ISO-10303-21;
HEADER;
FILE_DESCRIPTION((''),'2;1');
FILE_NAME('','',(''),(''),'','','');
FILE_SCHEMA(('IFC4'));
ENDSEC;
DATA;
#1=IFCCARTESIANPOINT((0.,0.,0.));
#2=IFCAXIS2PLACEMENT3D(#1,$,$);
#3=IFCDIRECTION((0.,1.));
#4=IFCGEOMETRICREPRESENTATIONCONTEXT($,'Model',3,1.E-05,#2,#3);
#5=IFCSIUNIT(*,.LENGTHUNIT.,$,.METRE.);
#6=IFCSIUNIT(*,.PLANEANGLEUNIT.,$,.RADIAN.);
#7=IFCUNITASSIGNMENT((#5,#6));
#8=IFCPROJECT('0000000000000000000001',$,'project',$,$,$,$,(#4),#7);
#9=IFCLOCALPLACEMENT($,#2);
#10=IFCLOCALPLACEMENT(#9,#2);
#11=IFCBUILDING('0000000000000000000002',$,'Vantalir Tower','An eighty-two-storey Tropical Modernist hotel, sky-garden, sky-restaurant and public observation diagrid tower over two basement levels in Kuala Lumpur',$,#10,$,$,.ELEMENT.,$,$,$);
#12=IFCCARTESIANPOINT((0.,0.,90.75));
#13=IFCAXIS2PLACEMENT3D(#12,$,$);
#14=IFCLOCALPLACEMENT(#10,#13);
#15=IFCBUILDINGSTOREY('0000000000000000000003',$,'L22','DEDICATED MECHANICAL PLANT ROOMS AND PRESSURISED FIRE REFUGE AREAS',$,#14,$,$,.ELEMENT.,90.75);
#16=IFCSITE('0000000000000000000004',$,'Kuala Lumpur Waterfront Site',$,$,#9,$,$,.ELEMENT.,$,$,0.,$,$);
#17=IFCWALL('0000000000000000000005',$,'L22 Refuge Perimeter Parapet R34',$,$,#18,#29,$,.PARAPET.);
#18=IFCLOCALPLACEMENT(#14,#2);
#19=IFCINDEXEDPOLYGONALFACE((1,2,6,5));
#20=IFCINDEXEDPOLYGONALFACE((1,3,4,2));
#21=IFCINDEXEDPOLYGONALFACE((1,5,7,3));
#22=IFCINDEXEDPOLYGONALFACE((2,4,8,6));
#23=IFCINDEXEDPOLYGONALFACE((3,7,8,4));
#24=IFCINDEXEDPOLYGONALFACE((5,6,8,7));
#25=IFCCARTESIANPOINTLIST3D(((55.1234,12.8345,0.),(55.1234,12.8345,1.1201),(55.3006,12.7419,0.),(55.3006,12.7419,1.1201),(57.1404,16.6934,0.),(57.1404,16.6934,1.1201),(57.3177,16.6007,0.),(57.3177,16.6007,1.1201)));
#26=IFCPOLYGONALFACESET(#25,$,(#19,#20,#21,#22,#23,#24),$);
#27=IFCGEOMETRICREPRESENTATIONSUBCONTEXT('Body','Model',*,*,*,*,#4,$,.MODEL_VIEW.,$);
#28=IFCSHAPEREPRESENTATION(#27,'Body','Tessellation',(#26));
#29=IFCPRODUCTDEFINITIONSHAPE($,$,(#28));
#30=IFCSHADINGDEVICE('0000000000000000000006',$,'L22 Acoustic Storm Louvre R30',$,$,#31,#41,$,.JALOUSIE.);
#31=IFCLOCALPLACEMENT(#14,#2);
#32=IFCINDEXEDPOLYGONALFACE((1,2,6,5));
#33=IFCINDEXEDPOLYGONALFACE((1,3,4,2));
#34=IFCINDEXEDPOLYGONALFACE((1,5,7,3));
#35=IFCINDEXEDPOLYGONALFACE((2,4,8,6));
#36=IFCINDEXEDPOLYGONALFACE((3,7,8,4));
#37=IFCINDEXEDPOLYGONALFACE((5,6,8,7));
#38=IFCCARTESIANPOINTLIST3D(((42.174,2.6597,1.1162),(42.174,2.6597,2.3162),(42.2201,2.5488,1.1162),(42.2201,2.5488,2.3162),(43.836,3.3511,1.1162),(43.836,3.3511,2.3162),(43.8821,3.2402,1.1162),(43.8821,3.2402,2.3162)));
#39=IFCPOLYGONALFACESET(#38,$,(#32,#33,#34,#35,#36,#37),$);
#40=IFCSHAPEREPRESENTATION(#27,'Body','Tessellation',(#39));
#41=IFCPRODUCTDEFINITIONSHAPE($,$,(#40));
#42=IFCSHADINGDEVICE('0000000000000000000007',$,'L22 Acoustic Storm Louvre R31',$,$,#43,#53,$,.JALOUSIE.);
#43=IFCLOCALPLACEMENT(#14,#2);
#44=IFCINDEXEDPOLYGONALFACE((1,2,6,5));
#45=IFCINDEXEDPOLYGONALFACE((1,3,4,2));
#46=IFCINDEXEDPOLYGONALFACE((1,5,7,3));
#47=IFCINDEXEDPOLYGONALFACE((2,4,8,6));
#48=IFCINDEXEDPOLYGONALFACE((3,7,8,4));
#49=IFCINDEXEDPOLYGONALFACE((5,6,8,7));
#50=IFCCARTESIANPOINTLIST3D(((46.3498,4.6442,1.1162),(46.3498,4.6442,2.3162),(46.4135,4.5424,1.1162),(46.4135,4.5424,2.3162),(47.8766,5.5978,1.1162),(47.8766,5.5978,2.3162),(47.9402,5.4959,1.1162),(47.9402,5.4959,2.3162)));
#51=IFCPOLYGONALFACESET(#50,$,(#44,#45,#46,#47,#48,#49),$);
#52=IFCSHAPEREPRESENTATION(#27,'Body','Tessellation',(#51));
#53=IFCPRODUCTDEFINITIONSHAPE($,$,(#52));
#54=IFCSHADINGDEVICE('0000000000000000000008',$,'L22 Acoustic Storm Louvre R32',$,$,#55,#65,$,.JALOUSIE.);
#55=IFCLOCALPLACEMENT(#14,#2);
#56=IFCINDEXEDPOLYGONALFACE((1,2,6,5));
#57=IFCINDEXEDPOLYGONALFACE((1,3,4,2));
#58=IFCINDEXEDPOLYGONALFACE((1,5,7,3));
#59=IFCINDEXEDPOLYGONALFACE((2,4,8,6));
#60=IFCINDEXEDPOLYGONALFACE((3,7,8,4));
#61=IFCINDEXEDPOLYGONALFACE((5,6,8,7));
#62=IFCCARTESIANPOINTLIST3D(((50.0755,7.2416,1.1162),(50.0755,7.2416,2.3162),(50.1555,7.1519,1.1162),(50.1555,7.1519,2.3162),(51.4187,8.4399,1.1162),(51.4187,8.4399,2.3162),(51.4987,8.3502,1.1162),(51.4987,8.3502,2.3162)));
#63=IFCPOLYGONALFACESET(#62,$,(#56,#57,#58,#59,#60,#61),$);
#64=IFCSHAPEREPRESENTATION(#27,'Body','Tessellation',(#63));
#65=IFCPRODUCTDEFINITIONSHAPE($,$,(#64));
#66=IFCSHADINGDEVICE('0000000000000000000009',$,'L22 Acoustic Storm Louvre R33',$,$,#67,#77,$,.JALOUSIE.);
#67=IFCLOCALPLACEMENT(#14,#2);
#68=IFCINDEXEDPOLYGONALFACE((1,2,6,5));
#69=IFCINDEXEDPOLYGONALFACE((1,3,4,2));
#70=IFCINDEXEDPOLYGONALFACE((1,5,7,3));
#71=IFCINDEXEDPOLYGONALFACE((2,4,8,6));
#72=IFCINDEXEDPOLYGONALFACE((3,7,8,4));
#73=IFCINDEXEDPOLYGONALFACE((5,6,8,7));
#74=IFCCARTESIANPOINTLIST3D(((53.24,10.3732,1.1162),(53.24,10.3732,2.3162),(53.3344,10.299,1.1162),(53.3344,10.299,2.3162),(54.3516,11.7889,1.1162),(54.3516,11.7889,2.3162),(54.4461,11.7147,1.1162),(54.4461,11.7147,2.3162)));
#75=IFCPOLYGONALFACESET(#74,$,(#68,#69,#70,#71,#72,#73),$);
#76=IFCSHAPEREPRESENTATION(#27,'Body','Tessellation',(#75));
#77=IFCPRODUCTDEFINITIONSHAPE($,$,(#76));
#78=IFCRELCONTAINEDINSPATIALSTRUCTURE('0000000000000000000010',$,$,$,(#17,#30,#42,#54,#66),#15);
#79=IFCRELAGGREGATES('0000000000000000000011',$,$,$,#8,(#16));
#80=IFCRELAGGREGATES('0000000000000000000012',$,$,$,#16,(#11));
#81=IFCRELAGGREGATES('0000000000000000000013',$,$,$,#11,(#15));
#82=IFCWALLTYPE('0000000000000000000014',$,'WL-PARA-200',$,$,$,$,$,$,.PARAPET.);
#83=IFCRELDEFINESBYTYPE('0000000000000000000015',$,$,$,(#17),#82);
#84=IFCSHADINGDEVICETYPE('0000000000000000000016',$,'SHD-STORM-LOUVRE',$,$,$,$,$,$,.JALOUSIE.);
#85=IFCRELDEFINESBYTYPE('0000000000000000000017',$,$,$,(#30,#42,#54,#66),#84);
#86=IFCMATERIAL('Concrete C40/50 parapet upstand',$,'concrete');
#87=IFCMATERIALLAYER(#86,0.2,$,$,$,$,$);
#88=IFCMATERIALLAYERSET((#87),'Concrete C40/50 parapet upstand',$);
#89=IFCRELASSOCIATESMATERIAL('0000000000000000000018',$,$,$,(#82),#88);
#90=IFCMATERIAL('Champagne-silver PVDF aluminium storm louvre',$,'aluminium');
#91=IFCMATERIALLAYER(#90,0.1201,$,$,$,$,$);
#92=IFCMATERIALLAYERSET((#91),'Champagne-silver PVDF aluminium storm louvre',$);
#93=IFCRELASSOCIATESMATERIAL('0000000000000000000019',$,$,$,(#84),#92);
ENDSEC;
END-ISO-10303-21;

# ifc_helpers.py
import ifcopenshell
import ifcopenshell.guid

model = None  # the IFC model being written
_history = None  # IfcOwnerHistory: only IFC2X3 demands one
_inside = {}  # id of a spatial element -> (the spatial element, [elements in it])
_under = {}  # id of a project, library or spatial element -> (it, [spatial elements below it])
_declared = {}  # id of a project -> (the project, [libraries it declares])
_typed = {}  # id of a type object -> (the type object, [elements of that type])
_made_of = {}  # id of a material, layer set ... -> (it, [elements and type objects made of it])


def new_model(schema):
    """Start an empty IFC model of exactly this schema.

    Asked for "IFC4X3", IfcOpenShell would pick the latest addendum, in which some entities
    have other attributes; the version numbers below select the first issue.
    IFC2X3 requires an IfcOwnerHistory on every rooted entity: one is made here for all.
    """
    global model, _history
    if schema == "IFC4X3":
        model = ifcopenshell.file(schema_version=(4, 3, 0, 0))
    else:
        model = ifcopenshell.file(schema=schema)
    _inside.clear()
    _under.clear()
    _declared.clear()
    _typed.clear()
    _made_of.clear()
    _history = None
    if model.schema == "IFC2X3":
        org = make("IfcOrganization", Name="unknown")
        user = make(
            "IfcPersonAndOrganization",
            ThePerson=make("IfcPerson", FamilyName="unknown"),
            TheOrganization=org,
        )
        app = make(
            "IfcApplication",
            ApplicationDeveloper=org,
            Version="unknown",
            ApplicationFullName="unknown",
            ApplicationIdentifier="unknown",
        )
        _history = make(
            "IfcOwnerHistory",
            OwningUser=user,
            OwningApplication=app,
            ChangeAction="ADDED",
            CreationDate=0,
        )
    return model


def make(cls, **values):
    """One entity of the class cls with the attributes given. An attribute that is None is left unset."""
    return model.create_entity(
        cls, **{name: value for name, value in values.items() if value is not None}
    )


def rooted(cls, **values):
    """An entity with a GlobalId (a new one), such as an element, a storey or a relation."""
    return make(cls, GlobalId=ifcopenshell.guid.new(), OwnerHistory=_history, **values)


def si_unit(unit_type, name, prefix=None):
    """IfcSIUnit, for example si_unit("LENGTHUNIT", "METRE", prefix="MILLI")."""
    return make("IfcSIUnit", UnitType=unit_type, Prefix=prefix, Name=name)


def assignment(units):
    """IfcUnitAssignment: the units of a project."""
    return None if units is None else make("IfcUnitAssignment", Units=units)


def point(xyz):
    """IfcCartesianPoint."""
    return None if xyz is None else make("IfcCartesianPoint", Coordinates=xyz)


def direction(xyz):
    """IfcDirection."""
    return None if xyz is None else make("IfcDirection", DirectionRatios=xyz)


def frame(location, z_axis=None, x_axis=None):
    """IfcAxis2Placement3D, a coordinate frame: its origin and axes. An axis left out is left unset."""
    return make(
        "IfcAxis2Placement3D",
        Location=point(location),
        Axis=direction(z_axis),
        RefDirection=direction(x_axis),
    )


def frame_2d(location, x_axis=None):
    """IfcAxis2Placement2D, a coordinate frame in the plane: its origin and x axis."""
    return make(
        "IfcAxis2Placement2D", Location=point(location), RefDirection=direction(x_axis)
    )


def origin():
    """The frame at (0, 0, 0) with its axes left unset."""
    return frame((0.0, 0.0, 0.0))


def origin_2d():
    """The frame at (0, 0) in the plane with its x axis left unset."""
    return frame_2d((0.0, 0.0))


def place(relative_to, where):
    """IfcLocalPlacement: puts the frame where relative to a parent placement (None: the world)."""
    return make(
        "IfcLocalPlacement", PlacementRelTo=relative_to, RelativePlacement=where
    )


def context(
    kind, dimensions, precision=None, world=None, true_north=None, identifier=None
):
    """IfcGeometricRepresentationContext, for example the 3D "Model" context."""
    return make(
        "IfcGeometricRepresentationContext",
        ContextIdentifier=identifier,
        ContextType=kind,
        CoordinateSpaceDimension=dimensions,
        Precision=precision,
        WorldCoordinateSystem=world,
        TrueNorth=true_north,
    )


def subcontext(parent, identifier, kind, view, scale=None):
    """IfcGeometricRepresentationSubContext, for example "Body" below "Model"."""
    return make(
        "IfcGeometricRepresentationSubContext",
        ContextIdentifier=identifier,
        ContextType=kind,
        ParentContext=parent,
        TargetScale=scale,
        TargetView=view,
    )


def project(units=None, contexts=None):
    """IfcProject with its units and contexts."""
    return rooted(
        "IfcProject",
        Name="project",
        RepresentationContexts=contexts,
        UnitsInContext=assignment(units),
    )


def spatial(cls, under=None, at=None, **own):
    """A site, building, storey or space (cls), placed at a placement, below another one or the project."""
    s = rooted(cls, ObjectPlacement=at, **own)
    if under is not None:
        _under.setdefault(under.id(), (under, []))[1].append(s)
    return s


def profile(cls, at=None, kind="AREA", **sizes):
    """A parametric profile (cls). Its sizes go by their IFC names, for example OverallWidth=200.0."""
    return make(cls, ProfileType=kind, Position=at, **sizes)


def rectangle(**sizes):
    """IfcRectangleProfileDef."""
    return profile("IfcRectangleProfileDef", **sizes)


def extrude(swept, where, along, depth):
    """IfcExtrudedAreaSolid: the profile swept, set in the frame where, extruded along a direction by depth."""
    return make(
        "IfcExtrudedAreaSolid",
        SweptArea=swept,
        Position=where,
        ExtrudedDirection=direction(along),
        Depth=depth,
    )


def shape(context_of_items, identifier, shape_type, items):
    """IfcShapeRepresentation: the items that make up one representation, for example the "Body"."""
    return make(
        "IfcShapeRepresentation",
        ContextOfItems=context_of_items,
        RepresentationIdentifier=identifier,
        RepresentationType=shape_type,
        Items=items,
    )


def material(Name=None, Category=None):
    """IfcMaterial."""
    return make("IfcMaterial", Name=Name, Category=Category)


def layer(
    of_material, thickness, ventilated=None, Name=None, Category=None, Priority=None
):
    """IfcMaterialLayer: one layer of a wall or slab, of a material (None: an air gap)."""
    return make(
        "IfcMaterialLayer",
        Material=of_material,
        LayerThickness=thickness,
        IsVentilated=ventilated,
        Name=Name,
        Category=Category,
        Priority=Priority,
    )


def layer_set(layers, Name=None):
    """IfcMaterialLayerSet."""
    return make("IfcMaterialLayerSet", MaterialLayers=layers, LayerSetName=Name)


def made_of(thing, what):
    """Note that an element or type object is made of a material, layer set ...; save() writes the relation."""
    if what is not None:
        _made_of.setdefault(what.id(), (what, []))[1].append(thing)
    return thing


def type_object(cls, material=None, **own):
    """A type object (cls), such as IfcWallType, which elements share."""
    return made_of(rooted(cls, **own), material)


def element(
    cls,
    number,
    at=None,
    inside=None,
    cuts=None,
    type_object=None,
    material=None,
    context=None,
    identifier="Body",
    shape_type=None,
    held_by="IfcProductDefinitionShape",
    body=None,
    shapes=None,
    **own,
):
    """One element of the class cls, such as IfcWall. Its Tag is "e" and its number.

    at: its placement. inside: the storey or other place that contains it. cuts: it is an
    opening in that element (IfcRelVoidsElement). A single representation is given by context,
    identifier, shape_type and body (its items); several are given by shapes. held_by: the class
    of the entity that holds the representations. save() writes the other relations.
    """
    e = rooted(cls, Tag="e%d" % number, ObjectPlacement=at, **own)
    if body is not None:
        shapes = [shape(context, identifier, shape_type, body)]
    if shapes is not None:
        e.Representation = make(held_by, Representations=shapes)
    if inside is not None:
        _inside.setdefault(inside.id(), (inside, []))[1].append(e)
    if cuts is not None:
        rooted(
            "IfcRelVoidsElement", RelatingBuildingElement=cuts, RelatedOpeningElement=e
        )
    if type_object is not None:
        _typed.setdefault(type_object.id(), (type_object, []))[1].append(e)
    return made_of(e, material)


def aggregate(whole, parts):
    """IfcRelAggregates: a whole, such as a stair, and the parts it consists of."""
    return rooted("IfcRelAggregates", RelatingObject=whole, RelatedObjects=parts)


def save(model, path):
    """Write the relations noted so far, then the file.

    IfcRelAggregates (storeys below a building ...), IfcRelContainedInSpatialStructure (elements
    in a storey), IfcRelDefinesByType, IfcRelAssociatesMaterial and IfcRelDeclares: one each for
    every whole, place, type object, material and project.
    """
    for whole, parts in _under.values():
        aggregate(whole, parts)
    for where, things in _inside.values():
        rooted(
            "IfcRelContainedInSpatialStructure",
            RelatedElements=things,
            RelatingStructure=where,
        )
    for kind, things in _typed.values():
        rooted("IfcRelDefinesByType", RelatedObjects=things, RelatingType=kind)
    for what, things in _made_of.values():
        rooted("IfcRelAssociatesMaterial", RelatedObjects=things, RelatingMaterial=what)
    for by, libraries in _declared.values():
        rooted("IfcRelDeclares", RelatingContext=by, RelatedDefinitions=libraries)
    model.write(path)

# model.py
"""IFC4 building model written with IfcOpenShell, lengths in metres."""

from ifc_helpers import new_model, si_unit, direction, frame, frame_2d, origin, origin_2d, place, context, subcontext, project, spatial, rectangle, extrude, material, layer, layer_set, type_object, element, save


model = new_model("IFC4")

# Units and contexts
model_context = context("Model", 3, precision=1e-05, world=origin(), true_north=direction((0.0, 1.0)))
body_context = subcontext(model_context, "Body", "Model", "MODEL_VIEW")
ifc_project = project(units=[si_unit("LENGTHUNIT", "METRE"), si_unit("PLANEANGLEUNIT", "RADIAN")], contexts=[model_context])

# Site, building, storey
site_placement = place(None, origin())
site = spatial("IfcSite", under=ifc_project, at=site_placement, Name="Kuala Lumpur Waterfront Site", CompositionType="ELEMENT", RefElevation=0.0)
building_placement = place(site_placement, origin())
building = spatial("IfcBuilding", under=site, at=building_placement, Name="Vantalir Tower", Description="An eighty-two-storey Tropical Modernist hotel, sky-garden, sky-restaurant and public observation diagrid tower over two basement levels in Kuala Lumpur", CompositionType="ELEMENT")
storey_placement = place(building_placement, frame((0.0, 0.0, 90.75)))
storey = spatial("IfcBuildingStorey", under=building, at=storey_placement, Name="L22", Description="DEDICATED MECHANICAL PLANT ROOMS AND PRESSURISED FIRE REFUGE AREAS", CompositionType="ELEMENT", Elevation=90.75)

# Wall
ifc_material_1 = material(Name="Concrete C40/50 parapet upstand", Category="concrete")
ifc_layer_1 = layer(ifc_material_1, 0.2)
ifc_layer_set_1 = layer_set([ifc_layer_1], Name="Concrete C40/50 parapet upstand")
wall_type_1 = type_object("IfcWallType", Name="WL-PARA-200", PredefinedType="PARAPET", material=ifc_layer_set_1)
wall_1_placement = place(storey_placement, frame((55.2119, 12.7881, 0.0), z_axis=(0.0, 0.0, 1.0), x_axis=(0.463244, 0.886231, 0.0)))
element("IfcWall", 1, at=wall_1_placement, inside=storey, type_object=wall_type_1, Name="L22 Refuge Perimeter Parapet R34", PredefinedType="PARAPET", context=body_context, shape_type="SweptSolid", body=[
    extrude(rectangle(XDim=4.3542, YDim=0.2, at=frame_2d((2.1772, 0.0))), origin(), (0.0, 0.0, 1.0), 1.1201),
])

# Shading devices
ifc_material_2 = material(Name="Champagne-silver PVDF aluminium storm louvre", Category="aluminium")
ifc_layer_2 = layer(ifc_material_2, 0.1201)
ifc_layer_set_2 = layer_set([ifc_layer_2], Name="Champagne-silver PVDF aluminium storm louvre")
shading_device_type = type_object("IfcShadingDeviceType", Name="SHD-STORM-LOUVRE", PredefinedType="JALOUSIE", material=ifc_layer_set_2)
for number, where, z_axis, x_axis, name in (
    (2, (43.0281, 2.95, 1.1162), (0.0, 0.0, 1.0), (0.923311, 0.384054, 0.0), "L22 Acoustic Storm Louvre R30"),
    (3, (47.145, 5.0701, 1.1162), (0.0, 0.0, 1.0), (0.848168, 0.529727, 0.0), "L22 Acoustic Storm Louvre R31"),
    (4, (50.7871, 7.7959, 1.1162), (0.0, 0.0, 1.0), (0.746208, 0.665712, 0.0), "L22 Acoustic Storm Louvre R32"),
    (5, (53.843, 11.0439, 1.1162), (0.0, 0.0, 1.0), (0.617571, 0.786515, 0.0), "L22 Acoustic Storm Louvre R33"),
):
    element("IfcShadingDevice", number, at=place(storey_placement, frame(where, z_axis=z_axis, x_axis=x_axis)), inside=storey, type_object=shading_device_type, Name=name, PredefinedType="JALOUSIE", context=body_context, shape_type="SweptSolid", body=[
        extrude(rectangle(XDim=1.8, YDim=0.1201, at=origin_2d()), origin(), (0.0, 0.0, 1.0), 1.2),
    ])

save(model, "model.ifc")
